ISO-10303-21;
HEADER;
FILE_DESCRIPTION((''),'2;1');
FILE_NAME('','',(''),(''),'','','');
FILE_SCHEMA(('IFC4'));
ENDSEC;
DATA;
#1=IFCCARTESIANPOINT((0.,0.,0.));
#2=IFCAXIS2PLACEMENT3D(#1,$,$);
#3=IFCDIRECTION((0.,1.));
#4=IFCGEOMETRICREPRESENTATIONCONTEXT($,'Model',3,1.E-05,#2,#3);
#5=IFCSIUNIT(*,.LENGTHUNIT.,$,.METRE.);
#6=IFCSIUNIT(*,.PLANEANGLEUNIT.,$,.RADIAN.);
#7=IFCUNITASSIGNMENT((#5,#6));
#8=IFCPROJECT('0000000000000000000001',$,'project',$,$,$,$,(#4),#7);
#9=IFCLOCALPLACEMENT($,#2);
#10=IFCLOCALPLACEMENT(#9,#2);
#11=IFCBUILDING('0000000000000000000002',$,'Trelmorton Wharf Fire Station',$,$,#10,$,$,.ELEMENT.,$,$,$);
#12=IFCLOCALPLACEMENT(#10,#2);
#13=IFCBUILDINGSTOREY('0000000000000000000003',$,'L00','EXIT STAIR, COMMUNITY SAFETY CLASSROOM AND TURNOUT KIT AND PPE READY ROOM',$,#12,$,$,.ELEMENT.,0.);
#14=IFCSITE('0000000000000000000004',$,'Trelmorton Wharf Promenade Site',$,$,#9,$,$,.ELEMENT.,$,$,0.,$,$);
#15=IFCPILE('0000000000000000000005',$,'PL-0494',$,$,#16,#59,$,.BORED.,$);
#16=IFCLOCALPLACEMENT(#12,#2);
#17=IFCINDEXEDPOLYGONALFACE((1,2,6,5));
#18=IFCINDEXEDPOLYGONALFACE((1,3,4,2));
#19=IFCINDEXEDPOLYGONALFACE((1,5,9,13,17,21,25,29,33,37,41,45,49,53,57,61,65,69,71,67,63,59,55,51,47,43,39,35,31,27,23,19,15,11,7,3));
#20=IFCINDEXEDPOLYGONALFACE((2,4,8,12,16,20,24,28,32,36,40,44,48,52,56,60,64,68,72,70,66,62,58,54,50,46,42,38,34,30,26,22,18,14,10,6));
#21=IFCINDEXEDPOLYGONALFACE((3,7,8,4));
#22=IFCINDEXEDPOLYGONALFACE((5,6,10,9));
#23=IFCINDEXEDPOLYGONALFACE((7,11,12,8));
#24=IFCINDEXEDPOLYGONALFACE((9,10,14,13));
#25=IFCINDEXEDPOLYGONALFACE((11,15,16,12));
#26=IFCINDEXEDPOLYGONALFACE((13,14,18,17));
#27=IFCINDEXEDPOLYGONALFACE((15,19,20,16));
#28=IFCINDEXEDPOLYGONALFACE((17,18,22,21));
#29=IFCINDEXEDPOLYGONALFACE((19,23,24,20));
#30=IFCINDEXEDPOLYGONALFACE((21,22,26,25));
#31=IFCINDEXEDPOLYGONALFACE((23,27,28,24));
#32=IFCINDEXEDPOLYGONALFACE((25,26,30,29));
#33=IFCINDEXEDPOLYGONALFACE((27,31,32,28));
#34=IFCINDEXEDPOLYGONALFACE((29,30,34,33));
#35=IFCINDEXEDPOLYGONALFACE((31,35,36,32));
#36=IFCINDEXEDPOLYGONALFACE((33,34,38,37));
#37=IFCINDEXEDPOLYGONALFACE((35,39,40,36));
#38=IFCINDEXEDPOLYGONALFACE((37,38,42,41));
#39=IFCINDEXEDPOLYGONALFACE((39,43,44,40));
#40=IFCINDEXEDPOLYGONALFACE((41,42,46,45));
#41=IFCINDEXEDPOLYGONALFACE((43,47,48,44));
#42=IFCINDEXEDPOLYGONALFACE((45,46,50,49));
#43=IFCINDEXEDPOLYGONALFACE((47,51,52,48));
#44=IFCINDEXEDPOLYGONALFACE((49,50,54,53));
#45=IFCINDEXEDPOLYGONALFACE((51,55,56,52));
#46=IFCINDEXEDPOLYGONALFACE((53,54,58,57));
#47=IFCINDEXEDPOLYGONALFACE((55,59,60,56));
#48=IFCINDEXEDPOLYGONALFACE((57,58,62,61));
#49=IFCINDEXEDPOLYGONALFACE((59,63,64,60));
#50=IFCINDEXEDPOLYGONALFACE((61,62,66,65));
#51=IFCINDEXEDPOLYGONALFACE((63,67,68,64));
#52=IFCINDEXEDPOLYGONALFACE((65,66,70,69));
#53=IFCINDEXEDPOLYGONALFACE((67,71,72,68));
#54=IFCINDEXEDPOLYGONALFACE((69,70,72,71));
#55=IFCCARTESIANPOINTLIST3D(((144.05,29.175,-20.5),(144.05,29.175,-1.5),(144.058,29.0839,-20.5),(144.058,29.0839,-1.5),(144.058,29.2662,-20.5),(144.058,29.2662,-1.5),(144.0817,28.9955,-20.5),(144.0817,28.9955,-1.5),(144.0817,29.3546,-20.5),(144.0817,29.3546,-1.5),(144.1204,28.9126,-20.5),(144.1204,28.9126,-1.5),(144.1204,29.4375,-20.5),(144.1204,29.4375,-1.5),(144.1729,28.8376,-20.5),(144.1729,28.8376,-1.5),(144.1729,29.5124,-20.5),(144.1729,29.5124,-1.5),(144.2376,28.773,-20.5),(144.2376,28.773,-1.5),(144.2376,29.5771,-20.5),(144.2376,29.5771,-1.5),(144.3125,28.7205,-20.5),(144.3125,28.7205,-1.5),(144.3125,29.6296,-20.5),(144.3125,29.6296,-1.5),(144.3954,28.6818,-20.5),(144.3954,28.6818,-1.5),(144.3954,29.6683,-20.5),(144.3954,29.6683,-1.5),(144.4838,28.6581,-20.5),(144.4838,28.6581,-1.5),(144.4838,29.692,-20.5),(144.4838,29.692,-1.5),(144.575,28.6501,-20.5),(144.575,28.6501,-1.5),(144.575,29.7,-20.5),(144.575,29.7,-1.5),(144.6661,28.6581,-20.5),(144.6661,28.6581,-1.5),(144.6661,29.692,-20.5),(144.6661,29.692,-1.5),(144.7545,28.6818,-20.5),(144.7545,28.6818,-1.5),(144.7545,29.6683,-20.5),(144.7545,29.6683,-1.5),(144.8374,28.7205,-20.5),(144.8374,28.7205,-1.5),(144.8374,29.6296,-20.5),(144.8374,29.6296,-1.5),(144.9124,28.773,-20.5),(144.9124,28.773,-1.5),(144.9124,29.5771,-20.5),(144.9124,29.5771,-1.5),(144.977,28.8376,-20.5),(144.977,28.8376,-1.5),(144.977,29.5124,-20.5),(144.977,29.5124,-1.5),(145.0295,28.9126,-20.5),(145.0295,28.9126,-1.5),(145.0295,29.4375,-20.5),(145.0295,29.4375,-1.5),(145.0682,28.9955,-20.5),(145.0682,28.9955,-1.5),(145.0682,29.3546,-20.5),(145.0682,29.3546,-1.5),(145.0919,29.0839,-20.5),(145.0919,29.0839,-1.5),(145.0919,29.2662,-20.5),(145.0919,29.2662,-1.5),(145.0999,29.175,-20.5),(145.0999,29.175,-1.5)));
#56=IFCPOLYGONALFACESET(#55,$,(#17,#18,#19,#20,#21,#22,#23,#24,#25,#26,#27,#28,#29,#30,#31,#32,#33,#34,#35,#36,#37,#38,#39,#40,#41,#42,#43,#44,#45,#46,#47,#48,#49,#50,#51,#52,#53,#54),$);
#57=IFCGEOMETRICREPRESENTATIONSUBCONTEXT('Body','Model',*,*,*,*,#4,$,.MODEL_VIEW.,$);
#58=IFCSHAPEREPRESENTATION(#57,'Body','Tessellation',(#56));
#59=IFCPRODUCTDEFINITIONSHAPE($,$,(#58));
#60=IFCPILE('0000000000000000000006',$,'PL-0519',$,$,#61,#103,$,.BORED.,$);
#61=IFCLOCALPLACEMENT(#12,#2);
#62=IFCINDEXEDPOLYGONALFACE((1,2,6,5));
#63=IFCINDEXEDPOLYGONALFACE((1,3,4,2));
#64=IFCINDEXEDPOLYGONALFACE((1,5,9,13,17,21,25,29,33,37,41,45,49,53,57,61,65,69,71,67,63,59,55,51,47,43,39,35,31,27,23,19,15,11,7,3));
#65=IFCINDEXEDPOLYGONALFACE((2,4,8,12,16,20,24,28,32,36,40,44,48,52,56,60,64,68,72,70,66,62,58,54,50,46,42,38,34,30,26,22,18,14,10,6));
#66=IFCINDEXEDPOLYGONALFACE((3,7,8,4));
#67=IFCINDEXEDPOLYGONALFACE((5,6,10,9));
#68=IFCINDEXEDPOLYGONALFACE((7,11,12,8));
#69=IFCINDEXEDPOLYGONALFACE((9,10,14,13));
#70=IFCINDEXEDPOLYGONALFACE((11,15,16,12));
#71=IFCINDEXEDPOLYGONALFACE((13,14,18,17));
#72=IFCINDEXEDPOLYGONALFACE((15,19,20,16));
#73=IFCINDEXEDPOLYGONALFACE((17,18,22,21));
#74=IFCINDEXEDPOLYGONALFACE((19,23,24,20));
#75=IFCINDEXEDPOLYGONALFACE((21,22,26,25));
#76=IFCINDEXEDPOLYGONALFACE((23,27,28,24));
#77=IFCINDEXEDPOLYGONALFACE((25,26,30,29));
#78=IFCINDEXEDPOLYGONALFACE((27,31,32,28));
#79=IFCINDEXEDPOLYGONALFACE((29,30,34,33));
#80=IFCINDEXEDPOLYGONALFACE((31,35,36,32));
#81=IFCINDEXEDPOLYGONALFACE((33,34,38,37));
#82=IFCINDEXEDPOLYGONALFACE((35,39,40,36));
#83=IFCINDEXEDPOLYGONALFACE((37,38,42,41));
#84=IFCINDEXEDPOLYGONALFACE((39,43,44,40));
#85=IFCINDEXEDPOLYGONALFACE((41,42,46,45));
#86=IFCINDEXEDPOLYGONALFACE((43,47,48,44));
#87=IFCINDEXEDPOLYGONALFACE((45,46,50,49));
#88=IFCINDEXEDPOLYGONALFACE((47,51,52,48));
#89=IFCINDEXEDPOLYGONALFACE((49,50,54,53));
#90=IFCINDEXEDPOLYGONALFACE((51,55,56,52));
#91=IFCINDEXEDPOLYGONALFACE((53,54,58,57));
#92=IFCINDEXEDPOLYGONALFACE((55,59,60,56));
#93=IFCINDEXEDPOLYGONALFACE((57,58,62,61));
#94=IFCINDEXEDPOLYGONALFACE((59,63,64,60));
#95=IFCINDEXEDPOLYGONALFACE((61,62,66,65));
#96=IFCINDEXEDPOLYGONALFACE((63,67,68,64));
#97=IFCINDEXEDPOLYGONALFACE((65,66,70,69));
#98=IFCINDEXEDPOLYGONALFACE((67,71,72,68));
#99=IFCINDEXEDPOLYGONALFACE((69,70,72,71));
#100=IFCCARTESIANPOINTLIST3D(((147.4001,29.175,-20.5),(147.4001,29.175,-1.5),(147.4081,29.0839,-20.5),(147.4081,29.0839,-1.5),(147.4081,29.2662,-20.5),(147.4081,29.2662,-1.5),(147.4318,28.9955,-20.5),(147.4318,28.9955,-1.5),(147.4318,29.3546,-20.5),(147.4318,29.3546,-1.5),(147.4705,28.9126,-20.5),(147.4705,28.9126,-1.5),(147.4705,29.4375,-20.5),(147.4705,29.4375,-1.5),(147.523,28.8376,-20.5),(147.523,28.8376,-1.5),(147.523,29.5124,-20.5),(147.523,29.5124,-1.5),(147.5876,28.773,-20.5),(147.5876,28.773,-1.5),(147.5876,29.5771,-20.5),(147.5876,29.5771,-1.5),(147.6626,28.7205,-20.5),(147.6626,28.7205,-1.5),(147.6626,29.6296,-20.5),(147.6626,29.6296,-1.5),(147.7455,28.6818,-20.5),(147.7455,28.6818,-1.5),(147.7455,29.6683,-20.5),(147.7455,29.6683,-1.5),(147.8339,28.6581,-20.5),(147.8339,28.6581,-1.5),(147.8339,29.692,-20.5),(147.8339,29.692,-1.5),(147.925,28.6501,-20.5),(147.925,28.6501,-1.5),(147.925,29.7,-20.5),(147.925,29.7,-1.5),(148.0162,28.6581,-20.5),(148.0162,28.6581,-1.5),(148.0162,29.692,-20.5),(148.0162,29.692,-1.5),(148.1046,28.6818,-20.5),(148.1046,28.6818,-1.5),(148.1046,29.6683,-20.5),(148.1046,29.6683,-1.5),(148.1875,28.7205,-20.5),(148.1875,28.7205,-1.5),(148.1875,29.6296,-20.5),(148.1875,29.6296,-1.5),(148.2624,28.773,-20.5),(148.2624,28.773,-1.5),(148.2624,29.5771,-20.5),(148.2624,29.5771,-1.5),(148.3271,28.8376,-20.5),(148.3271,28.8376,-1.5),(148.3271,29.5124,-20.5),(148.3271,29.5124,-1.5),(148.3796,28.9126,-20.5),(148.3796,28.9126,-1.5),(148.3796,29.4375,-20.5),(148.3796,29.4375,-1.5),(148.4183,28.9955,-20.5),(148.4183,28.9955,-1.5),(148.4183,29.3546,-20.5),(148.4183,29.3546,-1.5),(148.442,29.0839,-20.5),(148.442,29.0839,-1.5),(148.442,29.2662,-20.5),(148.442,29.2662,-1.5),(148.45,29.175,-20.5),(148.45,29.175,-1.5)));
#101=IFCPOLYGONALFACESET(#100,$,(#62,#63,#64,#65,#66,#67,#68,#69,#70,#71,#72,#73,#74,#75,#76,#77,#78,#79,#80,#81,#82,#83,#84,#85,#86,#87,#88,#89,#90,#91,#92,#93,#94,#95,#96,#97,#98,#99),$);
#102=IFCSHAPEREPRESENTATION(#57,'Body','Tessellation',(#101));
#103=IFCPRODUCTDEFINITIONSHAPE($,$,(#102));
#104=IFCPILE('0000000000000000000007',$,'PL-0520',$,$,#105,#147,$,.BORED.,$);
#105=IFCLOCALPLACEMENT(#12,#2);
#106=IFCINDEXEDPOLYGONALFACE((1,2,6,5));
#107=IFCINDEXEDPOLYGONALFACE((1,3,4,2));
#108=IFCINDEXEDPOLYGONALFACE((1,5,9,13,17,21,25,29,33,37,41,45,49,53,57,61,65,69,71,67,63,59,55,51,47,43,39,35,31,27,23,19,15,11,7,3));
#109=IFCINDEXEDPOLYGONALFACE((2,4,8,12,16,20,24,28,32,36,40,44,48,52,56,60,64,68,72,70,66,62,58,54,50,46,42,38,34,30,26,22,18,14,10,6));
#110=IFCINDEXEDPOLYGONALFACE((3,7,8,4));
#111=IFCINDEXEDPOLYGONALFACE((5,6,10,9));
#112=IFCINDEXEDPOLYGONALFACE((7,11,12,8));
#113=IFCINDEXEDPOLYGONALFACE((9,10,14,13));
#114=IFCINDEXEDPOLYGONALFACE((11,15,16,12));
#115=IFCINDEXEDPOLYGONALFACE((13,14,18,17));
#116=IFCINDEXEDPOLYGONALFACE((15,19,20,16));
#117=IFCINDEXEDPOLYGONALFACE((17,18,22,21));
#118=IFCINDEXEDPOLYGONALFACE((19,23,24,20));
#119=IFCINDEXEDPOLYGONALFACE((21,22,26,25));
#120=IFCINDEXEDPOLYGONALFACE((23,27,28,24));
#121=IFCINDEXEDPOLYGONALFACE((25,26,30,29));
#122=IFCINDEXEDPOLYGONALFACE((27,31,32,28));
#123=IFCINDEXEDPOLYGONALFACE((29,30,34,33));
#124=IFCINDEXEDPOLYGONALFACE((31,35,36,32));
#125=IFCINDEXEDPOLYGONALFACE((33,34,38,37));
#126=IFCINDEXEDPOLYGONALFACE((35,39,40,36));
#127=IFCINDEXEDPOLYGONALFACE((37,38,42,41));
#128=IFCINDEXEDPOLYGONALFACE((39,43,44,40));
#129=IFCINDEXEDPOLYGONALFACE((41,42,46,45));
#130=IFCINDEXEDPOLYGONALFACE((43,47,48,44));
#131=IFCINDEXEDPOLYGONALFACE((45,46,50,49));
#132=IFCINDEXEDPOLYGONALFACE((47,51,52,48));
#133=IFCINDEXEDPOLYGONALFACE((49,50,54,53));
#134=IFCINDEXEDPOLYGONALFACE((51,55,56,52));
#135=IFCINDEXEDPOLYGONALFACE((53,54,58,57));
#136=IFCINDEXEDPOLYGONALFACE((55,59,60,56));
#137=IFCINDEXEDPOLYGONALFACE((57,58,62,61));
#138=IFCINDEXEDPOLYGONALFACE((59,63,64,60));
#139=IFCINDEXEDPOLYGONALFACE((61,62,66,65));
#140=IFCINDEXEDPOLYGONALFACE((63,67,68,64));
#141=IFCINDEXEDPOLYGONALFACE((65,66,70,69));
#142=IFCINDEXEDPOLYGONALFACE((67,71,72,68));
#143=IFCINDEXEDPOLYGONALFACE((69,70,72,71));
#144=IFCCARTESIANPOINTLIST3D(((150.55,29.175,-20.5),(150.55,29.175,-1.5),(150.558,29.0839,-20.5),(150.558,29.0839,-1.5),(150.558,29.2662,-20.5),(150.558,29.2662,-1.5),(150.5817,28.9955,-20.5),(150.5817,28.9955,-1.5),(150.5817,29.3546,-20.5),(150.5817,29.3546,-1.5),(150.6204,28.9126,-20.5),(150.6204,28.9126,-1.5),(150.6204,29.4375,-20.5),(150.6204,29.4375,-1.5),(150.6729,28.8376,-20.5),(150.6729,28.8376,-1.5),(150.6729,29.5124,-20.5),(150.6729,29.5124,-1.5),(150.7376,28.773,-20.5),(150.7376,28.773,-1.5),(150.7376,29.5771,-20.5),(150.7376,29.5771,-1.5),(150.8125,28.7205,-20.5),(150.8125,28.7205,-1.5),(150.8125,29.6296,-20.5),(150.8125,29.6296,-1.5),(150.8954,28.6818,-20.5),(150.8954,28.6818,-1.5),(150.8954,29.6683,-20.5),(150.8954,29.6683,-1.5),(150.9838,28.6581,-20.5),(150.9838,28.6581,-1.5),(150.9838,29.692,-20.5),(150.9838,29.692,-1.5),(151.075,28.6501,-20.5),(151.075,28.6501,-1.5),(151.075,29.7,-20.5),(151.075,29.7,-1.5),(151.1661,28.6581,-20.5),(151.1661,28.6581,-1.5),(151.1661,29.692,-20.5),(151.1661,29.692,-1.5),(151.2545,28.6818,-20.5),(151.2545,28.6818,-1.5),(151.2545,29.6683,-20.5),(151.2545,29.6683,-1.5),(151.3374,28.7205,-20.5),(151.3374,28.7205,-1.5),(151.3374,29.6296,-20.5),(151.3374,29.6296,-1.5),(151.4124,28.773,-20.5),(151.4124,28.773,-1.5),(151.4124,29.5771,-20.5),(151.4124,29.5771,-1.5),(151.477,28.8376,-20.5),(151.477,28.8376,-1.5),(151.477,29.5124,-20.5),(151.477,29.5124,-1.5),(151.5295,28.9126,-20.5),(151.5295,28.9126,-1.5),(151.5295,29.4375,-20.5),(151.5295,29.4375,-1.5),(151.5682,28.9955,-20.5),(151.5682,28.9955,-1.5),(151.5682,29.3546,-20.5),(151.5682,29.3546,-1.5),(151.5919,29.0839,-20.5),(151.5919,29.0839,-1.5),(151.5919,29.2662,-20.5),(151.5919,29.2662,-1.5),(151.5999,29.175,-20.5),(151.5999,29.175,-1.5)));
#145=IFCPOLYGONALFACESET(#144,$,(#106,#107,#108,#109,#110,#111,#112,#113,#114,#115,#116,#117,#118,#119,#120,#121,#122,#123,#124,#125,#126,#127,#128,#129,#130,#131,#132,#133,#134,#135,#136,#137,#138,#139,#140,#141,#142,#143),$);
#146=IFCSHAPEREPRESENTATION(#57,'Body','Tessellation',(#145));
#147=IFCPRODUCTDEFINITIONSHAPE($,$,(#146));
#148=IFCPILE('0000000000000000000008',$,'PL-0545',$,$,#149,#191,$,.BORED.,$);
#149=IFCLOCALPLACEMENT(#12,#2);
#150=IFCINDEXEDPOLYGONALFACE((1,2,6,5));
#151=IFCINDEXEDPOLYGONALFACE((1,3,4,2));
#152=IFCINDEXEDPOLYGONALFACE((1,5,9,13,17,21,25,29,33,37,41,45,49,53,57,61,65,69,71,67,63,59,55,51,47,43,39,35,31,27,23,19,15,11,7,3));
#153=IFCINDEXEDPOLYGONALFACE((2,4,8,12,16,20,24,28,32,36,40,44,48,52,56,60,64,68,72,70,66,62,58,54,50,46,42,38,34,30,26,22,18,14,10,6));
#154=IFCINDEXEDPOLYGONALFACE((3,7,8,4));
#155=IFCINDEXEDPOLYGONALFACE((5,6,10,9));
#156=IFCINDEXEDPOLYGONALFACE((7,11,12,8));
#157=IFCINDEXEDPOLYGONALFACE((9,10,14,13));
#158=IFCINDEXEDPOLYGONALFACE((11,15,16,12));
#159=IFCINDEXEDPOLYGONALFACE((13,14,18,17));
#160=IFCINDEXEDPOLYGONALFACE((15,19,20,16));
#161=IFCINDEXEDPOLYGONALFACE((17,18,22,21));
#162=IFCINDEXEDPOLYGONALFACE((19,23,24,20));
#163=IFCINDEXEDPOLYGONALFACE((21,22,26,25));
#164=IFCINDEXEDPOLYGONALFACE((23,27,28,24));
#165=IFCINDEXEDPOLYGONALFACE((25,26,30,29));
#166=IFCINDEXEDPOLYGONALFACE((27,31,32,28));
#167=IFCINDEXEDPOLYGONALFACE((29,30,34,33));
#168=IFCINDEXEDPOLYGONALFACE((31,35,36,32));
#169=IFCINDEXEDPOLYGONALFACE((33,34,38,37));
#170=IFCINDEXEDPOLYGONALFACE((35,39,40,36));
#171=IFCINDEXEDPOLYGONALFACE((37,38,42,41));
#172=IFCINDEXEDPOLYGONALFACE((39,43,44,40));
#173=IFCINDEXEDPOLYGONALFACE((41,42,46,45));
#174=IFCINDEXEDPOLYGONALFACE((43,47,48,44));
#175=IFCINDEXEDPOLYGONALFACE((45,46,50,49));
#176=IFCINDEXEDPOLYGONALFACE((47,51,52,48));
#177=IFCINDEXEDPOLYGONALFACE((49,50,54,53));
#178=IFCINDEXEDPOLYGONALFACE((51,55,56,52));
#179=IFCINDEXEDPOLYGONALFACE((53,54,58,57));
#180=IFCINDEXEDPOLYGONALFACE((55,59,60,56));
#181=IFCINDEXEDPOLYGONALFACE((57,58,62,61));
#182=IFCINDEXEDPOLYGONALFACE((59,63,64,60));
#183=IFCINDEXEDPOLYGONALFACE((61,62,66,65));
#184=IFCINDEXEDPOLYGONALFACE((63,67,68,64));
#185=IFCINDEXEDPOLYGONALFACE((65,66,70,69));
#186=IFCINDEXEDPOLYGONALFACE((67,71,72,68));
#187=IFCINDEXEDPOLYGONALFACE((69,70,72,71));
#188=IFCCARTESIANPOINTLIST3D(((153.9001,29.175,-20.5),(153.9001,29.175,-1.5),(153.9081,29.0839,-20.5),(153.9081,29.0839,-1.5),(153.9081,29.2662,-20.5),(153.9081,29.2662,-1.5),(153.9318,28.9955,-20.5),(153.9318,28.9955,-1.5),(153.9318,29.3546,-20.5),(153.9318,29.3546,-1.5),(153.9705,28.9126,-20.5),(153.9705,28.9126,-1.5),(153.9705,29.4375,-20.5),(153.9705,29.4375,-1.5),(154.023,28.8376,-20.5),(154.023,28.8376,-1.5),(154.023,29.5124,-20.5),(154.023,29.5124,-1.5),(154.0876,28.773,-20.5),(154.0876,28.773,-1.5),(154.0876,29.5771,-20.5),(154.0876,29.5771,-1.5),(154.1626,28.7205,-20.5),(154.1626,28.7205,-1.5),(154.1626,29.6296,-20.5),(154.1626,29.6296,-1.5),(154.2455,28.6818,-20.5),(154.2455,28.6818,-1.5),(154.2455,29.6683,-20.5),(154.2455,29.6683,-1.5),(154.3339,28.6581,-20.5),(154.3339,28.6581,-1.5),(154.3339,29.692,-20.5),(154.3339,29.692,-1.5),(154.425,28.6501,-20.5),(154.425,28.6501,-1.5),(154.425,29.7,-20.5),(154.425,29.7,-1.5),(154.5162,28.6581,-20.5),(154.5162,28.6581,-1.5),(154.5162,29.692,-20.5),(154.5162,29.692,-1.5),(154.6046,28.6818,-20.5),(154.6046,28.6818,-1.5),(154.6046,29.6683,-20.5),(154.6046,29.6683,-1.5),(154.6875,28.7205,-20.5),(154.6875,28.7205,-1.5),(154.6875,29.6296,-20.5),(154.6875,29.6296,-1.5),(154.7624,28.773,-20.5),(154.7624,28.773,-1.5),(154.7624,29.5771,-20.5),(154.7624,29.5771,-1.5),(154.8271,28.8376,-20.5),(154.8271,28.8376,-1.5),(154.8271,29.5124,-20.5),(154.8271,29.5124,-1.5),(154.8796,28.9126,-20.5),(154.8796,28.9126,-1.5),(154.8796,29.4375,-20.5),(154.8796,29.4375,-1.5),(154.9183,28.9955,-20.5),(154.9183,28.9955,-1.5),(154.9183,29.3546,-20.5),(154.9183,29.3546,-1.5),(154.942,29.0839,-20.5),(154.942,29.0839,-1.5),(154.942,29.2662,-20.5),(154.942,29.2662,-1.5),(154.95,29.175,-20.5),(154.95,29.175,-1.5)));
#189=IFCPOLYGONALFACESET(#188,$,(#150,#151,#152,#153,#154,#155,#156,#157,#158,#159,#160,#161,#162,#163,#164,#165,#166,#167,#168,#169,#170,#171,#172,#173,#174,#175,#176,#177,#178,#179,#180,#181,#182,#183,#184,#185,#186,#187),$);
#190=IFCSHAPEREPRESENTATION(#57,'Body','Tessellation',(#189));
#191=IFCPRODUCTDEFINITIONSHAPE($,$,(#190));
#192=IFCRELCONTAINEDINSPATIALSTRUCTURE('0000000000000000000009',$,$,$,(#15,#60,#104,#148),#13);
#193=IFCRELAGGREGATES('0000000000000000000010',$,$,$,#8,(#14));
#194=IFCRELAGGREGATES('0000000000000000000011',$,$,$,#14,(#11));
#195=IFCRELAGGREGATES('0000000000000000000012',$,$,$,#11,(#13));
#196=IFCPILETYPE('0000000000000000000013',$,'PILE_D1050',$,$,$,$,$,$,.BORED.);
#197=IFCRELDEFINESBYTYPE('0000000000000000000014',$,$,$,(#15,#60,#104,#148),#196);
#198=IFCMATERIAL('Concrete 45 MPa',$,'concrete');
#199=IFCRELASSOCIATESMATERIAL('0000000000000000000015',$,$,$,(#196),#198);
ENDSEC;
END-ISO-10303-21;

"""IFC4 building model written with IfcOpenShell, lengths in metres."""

from ifc_helpers import new_model, si_unit, direction, frame, origin, origin_2d, place, context, subcontext, project, spatial, circle, extrude, material, material_profile, profile_set, type_object, element, save


model = new_model("IFC4")

# Units and contexts
model_context = context("Model", 3, precision=1e-05, world=origin(), true_north=direction((0.0, 1.0)))
body_context = subcontext(model_context, "Body", "Model", "MODEL_VIEW")
ifc_project = project(units=[si_unit("LENGTHUNIT", "METRE"), si_unit("PLANEANGLEUNIT", "RADIAN")], contexts=[model_context])

# Site, building, storey
site_placement = place(None, origin())
site = spatial("IfcSite", under=ifc_project, at=site_placement, Name="Trelmorton Wharf Promenade Site", CompositionType="ELEMENT", RefElevation=0.0)
building_placement = place(site_placement, origin())
building = spatial("IfcBuilding", under=site, at=building_placement, Name="Trelmorton Wharf Fire Station", CompositionType="ELEMENT")
storey_placement = place(building_placement, origin())
storey = spatial("IfcBuildingStorey", under=building, at=storey_placement, Name="L00", Description="EXIT STAIR, COMMUNITY SAFETY CLASSROOM AND TURNOUT KIT AND PPE READY ROOM", CompositionType="ELEMENT", Elevation=0.0)

# Piles
ifc_material_1 = material(Name="Concrete 45 MPa", Category="concrete")
ifc_material_profile_1 = material_profile(ifc_material_1, circle(Radius=0.5249, at=origin_2d()), Name="PILE-D1050")
ifc_profile_set_1 = profile_set([ifc_material_profile_1], Name="Concrete 45 MPa")
pile_type_1 = type_object("IfcPileType", Name="PILE_D1050", PredefinedType="BORED", material=ifc_profile_set_1)
for number, where, z_axis, x_axis, name in (
    (1, (144.575, 29.175, -1.5), (0.0, 0.0, -1.0), (1.0, 0.0, 0.0), "PL-0494"),
    (2, (147.925, 29.175, -1.5), (0.0, 0.0, -1.0), (1.0, 0.0, 0.0), "PL-0519"),
    (3, (151.075, 29.175, -1.5), (0.0, 0.0, -1.0), (1.0, 0.0, 0.0), "PL-0520"),
    (4, (154.425, 29.175, -1.5), (0.0, 0.0, -1.0), (1.0, 0.0, 0.0), "PL-0545"),
):
    element("IfcPile", number, at=place(storey_placement, frame(where, z_axis=z_axis, x_axis=x_axis)), inside=storey, type_object=pile_type_1, Name=name, PredefinedType="BORED", context=body_context, shape_type="SweptSolid", body=[
        extrude(circle(Radius=0.5249, at=origin_2d()), origin(), (0.0, 0.0, 1.0), 19.0),
    ])

save(model, "model.ifc")
